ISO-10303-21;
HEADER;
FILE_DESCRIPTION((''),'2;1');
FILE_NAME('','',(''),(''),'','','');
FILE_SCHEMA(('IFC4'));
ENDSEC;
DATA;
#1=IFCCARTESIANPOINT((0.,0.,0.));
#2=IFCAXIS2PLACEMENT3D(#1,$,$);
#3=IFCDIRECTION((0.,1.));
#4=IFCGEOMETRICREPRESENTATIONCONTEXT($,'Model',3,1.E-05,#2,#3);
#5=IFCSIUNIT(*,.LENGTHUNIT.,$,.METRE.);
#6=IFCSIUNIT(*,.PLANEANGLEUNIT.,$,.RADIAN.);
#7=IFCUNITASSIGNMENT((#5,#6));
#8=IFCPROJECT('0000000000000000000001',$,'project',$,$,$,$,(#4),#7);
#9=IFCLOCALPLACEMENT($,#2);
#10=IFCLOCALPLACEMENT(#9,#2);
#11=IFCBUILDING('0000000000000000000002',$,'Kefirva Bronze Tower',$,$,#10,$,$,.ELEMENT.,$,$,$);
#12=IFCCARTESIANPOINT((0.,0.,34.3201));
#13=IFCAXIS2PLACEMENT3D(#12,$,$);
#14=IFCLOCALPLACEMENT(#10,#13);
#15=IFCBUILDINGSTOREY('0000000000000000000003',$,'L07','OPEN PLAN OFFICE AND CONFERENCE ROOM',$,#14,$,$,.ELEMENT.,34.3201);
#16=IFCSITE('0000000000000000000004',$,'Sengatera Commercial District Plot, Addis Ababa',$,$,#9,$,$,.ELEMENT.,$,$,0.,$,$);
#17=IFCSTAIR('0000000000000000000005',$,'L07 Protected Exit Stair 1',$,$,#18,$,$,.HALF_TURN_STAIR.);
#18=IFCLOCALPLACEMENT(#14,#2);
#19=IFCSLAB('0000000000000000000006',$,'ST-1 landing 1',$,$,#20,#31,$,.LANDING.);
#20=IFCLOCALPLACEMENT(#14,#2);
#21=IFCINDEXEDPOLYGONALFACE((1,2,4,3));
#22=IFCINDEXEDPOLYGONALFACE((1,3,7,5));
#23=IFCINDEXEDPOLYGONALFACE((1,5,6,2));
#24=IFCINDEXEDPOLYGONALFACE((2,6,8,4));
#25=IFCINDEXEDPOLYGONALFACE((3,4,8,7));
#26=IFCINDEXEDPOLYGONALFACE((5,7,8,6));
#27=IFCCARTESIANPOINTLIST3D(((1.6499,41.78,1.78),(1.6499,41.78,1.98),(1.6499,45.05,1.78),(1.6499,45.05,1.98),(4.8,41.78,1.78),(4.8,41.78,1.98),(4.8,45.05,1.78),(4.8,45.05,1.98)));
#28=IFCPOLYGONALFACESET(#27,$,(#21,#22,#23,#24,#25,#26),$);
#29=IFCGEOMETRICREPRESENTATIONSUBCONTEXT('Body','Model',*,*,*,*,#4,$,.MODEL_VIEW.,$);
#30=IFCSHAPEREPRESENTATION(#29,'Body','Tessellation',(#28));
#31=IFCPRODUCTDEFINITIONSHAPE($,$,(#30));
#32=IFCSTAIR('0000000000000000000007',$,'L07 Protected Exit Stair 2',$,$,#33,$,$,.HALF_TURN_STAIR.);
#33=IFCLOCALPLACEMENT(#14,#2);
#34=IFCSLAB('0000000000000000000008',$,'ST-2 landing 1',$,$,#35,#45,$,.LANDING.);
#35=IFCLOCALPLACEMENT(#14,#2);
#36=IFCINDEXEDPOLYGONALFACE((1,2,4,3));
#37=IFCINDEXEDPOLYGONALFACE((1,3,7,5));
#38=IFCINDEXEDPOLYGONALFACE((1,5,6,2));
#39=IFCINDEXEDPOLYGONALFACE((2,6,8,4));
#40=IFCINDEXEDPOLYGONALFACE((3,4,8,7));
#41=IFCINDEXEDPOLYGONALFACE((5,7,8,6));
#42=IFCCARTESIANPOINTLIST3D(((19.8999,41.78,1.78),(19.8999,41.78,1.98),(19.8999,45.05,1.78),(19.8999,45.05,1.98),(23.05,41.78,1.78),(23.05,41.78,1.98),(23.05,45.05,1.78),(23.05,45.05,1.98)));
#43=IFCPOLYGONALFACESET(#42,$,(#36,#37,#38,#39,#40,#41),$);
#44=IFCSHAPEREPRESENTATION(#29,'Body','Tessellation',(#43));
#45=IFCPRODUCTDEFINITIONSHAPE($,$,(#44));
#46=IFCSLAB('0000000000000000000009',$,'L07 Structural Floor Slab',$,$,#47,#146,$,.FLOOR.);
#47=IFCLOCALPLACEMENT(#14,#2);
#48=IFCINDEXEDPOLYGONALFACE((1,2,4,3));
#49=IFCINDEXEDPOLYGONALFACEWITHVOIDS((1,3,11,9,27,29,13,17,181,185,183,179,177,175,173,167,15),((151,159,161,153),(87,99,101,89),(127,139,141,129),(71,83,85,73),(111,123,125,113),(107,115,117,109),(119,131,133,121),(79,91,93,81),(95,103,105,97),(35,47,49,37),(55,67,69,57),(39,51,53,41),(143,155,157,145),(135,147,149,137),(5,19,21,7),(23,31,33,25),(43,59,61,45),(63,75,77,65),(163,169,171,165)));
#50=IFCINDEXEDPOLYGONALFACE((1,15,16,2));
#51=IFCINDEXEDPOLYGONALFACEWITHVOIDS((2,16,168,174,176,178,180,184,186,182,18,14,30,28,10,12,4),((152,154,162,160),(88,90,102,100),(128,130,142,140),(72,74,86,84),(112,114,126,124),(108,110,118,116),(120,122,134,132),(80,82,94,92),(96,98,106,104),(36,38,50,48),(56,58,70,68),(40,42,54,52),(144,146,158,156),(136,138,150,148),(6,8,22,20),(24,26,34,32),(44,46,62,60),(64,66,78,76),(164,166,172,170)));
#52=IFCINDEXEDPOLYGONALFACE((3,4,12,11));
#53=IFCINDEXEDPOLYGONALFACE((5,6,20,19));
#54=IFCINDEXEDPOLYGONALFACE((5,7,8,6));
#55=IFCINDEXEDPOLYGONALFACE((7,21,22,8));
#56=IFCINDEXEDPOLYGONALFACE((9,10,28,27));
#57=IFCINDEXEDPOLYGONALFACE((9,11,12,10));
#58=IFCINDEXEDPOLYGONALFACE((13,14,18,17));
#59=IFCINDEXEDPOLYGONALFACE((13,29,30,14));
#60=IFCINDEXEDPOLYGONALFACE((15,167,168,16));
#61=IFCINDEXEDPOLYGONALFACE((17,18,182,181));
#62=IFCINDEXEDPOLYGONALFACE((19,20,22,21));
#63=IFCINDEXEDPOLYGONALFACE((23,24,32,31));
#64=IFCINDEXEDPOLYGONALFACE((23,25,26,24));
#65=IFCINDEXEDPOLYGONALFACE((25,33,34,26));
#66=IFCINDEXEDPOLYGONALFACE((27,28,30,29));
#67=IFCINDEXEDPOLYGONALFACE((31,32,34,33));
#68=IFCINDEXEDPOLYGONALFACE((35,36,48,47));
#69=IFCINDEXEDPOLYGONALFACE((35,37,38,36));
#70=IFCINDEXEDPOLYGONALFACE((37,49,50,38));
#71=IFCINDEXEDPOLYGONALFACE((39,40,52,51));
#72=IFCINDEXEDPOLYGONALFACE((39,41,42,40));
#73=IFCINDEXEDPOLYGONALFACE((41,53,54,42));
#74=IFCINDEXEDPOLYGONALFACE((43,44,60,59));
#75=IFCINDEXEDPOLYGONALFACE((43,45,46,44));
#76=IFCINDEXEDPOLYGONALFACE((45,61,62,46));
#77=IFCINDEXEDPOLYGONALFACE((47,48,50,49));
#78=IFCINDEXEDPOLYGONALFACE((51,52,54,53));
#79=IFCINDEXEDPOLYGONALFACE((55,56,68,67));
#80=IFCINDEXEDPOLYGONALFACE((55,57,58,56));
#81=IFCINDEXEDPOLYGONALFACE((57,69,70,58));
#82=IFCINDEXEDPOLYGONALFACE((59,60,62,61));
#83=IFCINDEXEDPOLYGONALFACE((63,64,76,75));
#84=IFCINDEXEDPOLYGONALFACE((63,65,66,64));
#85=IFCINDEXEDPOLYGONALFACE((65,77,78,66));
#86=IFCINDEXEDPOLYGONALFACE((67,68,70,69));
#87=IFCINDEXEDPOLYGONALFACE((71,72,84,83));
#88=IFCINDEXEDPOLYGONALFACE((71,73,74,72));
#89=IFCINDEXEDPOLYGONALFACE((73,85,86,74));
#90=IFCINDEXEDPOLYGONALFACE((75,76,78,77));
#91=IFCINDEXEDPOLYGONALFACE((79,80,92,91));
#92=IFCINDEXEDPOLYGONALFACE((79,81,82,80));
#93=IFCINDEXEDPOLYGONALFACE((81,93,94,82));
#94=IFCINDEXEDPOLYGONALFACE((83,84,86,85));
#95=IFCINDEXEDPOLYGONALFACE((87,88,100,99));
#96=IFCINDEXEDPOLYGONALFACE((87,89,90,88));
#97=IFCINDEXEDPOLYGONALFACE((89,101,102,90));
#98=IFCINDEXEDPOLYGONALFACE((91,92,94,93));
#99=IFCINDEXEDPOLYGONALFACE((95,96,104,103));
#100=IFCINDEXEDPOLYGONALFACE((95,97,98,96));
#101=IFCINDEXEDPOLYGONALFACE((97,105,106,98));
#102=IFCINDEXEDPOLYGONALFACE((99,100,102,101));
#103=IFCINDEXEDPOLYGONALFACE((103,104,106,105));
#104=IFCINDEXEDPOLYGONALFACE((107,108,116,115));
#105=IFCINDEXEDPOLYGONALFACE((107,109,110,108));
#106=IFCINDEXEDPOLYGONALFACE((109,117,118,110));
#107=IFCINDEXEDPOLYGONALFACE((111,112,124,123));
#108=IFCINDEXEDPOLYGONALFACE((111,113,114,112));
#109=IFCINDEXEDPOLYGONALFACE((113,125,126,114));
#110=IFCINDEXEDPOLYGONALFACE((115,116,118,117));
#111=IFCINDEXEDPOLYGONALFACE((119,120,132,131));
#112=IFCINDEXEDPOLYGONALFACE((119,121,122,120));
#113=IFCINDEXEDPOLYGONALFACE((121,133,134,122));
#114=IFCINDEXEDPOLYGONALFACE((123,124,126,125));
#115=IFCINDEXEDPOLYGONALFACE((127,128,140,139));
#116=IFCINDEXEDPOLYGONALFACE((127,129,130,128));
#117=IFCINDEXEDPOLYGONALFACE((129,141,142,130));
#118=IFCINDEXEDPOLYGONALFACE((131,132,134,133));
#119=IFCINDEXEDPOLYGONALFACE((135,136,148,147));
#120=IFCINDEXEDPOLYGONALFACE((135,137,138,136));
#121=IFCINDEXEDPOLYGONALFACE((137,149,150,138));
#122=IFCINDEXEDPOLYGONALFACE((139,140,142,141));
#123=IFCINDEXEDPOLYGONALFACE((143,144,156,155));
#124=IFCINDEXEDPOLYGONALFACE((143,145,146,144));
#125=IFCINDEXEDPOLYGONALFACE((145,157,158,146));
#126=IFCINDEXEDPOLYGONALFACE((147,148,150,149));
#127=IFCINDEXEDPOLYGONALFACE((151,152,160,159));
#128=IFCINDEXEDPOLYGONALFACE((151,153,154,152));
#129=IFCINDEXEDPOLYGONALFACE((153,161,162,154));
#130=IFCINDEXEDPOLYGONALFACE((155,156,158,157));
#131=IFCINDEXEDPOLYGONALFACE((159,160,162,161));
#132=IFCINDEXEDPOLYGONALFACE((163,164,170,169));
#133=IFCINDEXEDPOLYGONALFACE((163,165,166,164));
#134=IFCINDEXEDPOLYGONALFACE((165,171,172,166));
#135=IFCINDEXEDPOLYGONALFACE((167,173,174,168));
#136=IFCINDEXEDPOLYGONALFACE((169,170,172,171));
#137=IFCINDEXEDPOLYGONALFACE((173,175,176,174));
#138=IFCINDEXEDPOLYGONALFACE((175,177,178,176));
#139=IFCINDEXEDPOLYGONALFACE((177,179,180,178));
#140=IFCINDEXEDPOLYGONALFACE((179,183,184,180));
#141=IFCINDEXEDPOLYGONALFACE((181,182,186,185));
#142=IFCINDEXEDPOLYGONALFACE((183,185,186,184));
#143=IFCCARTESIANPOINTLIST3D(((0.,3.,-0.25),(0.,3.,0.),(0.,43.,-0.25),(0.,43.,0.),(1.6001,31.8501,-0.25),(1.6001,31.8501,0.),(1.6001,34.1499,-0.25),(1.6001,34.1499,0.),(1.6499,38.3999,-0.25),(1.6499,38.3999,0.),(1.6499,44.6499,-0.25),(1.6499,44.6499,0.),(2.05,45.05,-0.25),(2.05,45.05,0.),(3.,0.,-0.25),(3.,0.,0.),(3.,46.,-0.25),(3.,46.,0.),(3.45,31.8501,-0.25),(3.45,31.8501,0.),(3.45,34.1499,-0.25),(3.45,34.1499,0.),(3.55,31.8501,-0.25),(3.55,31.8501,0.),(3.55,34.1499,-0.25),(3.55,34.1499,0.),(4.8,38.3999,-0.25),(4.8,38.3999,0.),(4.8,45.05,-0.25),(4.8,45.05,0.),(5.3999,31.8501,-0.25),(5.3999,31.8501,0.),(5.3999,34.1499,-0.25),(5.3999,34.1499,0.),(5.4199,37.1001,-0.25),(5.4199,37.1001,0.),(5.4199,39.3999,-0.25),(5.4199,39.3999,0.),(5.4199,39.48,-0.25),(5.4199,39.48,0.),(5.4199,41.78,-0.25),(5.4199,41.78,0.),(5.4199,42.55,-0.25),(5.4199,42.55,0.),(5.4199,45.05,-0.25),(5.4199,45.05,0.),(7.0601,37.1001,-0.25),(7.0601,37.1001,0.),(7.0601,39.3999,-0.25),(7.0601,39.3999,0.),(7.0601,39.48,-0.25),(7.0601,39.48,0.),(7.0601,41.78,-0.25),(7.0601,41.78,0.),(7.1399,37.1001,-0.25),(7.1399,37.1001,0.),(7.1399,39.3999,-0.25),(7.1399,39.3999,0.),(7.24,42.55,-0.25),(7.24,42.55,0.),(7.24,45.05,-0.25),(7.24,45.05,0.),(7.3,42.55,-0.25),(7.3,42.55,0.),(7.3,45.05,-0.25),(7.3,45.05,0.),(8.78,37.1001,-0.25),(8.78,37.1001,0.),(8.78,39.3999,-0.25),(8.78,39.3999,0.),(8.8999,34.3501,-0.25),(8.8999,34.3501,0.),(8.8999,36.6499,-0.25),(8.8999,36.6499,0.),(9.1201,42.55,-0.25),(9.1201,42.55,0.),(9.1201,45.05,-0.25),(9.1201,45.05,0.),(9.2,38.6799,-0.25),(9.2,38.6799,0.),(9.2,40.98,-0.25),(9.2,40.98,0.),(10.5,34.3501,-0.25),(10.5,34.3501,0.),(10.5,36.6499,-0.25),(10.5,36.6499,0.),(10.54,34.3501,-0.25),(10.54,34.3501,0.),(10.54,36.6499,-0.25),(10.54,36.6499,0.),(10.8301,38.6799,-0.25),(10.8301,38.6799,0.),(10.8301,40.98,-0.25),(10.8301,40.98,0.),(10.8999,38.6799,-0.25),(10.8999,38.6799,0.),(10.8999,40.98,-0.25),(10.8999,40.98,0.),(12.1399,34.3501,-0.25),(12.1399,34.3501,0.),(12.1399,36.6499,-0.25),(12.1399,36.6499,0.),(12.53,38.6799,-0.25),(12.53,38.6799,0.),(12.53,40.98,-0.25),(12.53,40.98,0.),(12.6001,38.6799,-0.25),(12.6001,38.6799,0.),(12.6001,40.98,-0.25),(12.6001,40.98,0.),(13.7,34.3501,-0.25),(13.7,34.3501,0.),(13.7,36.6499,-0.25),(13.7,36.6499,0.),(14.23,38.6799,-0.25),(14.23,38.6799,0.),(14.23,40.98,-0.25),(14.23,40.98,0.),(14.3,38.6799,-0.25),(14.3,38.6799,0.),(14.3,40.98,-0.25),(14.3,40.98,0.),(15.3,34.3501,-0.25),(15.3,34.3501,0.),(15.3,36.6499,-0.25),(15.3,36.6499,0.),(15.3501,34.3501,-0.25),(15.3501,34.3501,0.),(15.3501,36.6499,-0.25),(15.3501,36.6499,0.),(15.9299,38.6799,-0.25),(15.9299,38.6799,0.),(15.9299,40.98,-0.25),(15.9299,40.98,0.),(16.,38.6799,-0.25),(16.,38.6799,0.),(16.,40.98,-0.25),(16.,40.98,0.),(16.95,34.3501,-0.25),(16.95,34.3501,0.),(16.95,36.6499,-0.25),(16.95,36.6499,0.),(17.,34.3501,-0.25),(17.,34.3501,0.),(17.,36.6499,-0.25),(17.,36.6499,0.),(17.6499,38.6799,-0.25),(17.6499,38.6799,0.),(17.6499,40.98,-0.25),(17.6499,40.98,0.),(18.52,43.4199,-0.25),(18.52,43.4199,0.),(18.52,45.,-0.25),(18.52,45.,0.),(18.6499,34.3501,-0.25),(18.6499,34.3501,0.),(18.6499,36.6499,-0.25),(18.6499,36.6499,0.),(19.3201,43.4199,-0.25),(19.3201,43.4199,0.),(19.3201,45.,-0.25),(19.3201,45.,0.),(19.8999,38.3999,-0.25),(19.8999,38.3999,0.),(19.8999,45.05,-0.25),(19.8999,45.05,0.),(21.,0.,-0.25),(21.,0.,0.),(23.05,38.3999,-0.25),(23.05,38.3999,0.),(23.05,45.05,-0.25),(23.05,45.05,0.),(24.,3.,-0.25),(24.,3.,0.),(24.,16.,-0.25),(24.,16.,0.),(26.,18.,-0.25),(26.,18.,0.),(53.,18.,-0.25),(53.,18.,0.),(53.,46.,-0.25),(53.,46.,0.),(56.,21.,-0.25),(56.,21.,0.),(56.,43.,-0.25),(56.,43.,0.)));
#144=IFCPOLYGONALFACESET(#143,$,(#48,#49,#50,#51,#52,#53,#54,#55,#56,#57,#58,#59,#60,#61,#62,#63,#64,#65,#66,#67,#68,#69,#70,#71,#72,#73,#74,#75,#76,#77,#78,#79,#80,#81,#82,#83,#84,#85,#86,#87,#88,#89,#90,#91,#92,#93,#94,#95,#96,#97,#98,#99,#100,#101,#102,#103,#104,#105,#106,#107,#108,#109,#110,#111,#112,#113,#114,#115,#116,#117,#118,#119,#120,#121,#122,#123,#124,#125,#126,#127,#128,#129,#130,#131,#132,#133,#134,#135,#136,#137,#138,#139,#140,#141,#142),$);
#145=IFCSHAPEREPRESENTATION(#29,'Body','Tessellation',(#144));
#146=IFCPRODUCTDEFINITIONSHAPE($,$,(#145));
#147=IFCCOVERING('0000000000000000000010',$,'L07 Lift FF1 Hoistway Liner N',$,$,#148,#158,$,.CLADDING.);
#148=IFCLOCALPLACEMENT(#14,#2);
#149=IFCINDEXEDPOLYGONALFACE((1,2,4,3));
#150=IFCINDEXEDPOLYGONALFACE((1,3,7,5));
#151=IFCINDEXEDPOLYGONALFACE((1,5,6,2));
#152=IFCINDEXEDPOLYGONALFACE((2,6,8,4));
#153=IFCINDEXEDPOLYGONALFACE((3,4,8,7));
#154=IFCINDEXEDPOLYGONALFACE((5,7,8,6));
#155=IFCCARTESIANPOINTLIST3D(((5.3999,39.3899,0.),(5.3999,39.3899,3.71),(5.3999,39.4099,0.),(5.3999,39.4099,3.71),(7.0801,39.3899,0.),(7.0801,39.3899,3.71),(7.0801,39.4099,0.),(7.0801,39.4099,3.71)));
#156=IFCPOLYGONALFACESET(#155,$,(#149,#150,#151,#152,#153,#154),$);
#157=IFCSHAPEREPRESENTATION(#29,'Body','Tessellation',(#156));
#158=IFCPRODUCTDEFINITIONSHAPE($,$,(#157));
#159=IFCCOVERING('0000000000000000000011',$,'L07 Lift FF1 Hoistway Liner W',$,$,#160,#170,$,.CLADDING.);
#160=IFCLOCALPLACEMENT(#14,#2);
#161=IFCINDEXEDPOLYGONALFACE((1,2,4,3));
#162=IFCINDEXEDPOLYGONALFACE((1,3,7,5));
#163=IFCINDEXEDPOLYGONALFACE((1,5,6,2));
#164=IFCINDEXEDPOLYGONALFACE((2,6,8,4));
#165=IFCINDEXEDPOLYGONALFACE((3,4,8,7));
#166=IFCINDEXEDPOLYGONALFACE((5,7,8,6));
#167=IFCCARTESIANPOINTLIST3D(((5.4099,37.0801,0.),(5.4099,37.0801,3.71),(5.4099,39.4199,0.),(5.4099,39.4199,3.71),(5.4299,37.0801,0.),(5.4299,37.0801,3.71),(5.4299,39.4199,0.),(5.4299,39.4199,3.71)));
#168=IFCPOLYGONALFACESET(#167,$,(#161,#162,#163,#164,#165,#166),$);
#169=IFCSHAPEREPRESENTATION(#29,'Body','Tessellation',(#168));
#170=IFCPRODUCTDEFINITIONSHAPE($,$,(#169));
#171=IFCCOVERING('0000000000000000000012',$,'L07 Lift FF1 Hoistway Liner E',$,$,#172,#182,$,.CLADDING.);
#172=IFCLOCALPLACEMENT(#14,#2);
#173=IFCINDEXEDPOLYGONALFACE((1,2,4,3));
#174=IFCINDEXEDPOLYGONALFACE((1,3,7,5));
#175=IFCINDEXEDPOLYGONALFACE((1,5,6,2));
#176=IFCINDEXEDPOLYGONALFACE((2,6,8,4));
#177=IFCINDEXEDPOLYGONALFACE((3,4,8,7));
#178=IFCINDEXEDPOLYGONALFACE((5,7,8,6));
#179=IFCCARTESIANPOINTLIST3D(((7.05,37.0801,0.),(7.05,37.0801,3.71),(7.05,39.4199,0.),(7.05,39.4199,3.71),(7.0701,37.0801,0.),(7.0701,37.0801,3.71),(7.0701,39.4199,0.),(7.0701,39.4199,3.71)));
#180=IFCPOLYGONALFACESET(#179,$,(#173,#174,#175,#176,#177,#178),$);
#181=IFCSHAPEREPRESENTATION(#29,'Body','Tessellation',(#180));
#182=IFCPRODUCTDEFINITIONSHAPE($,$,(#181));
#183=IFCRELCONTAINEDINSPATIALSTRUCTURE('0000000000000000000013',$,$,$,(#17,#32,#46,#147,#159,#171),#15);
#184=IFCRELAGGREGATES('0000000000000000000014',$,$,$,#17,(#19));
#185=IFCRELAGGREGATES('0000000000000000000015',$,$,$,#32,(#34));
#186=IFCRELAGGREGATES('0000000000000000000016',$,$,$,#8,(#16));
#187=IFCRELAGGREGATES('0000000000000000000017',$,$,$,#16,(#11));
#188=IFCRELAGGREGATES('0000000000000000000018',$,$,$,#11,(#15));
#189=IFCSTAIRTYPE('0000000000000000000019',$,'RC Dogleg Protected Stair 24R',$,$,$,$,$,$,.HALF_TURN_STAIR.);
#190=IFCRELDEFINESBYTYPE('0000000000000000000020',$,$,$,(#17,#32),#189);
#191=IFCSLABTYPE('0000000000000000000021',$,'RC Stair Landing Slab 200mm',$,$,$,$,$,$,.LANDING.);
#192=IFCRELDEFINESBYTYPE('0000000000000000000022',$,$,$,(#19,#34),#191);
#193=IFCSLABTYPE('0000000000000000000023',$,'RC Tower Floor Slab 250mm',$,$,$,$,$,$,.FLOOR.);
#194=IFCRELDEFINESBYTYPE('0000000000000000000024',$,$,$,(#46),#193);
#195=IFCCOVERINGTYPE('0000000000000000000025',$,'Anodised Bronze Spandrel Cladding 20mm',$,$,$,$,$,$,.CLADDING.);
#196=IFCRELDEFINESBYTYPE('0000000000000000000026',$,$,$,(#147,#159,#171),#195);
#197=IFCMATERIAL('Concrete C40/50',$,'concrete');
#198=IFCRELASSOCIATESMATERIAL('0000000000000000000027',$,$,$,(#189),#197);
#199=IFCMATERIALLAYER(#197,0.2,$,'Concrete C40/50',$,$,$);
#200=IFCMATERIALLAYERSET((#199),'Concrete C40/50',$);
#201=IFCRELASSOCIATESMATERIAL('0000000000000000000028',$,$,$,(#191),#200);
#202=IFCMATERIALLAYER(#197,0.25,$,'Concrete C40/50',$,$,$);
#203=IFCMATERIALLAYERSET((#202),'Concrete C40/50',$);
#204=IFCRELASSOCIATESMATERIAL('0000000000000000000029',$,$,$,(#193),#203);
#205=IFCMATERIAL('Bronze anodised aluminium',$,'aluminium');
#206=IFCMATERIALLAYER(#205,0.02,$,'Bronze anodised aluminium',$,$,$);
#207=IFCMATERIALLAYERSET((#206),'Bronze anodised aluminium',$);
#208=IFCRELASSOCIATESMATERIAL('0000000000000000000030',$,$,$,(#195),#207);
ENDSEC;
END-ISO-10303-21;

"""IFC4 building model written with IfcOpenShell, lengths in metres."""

from ifc_helpers import new_model, si_unit, direction, frame, origin, place, context, subcontext, project, spatial, polyline, outline, extrude, material, layer, layer_set, type_object, element, aggregate, save


model = new_model("IFC4")

# Units and contexts
model_context = context("Model", 3, precision=1e-05, world=origin(), true_north=direction((0.0, 1.0)))
body_context = subcontext(model_context, "Body", "Model", "MODEL_VIEW")
ifc_project = project(units=[si_unit("LENGTHUNIT", "METRE"), si_unit("PLANEANGLEUNIT", "RADIAN")], contexts=[model_context])

# Site, building, storey
site_placement = place(None, origin())
site = spatial("IfcSite", under=ifc_project, at=site_placement, Name="Sengatera Commercial District Plot, Addis Ababa", CompositionType="ELEMENT", RefElevation=0.0)
building_placement = place(site_placement, origin())
building = spatial("IfcBuilding", under=site, at=building_placement, Name="Kefirva Bronze Tower", CompositionType="ELEMENT")
storey_placement = place(building_placement, frame((0.0, 0.0, 34.3201)))
storey = spatial("IfcBuildingStorey", under=building, at=storey_placement, Name="L07", Description="OPEN PLAN OFFICE AND CONFERENCE ROOM", CompositionType="ELEMENT", Elevation=34.3201)

# Stairs, slabs
ifc_material_1 = material(Name="Concrete C40/50", Category="concrete")
stair_type = type_object("IfcStairType", Name="RC Dogleg Protected Stair 24R", PredefinedType="HALF_TURN_STAIR", material=ifc_material_1)
stair_1_placement = place(storey_placement, origin())
stair_1 = element("IfcStair", 1, at=stair_1_placement, inside=storey, type_object=stair_type, Name="L07 Protected Exit Stair 1", PredefinedType="HALF_TURN_STAIR")
ifc_layer_1 = layer(ifc_material_1, 0.2, Name="Concrete C40/50")
ifc_layer_set_1 = layer_set([ifc_layer_1], Name="Concrete C40/50")
slab_type_1 = type_object("IfcSlabType", Name="RC Stair Landing Slab 200mm", PredefinedType="LANDING", material=ifc_layer_set_1)
slab_1_placement = place(storey_placement, frame((0.0, 0.0, 1.78)))
slab_1 = element("IfcSlab", 2, at=slab_1_placement, type_object=slab_type_1, Name="ST-1 landing 1", PredefinedType="LANDING", context=body_context, shape_type="SweptSolid", body=[
    extrude(outline(polyline([(4.8, 41.78), (4.8, 45.05), (1.6499, 45.05), (1.6499, 41.78), (4.8, 41.78)])), origin(), (0.0, 0.0, 1.0), 0.2),
])
aggregate(stair_1, [slab_1])
stair_2_placement = place(storey_placement, origin())
stair_2 = element("IfcStair", 3, at=stair_2_placement, inside=storey, type_object=stair_type, Name="L07 Protected Exit Stair 2", PredefinedType="HALF_TURN_STAIR")
slab_2_placement = place(storey_placement, frame((0.0, 0.0, 1.78)))
slab_2 = element("IfcSlab", 4, at=slab_2_placement, type_object=slab_type_1, Name="ST-2 landing 1", PredefinedType="LANDING", context=body_context, shape_type="SweptSolid", body=[
    extrude(outline(polyline([(23.05, 41.78), (23.05, 45.05), (19.8999, 45.05), (19.8999, 41.78), (23.05, 41.78)])), origin(), (0.0, 0.0, 1.0), 0.2),
])
aggregate(stair_2, [slab_2])

# Slab
ifc_layer_2 = layer(ifc_material_1, 0.25, Name="Concrete C40/50")
ifc_layer_set_2 = layer_set([ifc_layer_2], Name="Concrete C40/50")
slab_type_2 = type_object("IfcSlabType", Name="RC Tower Floor Slab 250mm", PredefinedType="FLOOR", material=ifc_layer_set_2)
slab_3_placement = place(storey_placement, frame((0.0, 0.0, -0.25)))
element("IfcSlab", 5, at=slab_3_placement, inside=storey, type_object=slab_type_2, Name="L07 Structural Floor Slab", PredefinedType="FLOOR", context=body_context, shape_type="SweptSolid", body=[
    extrude(outline(polyline([(0.0, 3.0), (0.0, 43.0), (1.6499, 44.6499), (1.6499, 38.3999), (4.8, 38.3999), (4.8, 45.05), (2.05, 45.05), (3.0, 46.0), (53.0, 46.0), (56.0, 43.0), (56.0, 21.0), (53.0, 18.0), (26.0, 18.0), (24.0, 16.0), (24.0, 3.0), (21.0, 0.0), (3.0, 0.0), (0.0, 3.0)]), holes=[polyline([(19.8999, 38.3999), (23.05, 38.3999), (23.05, 45.05), (19.8999, 45.05), (19.8999, 38.3999)]), polyline([(18.52, 43.4199), (19.3201, 43.4199), (19.3201, 45.0), (18.52, 45.0), (18.52, 43.4199)]), polyline([(17.0, 34.3501), (18.6499, 34.3501), (18.6499, 36.6499), (17.0, 36.6499), (17.0, 34.3501)]), polyline([(17.6499, 38.6799), (17.6499, 40.98), (16.0, 40.98), (16.0, 38.6799), (17.6499, 38.6799)]), polyline([(16.95, 34.3501), (16.95, 36.6499), (15.3501, 36.6499), (15.3501, 34.3501), (16.95, 34.3501)]), polyline([(15.9299, 38.6799), (15.9299, 40.98), (14.3, 40.98), (14.3, 38.6799), (15.9299, 38.6799)]), polyline([(15.3, 34.3501), (15.3, 36.6499), (13.7, 36.6499), (13.7, 34.3501), (15.3, 34.3501)]), polyline([(14.23, 38.6799), (14.23, 40.98), (12.6001, 40.98), (12.6001, 38.6799), (14.23, 38.6799)]), polyline([(10.8999, 38.6799), (12.53, 38.6799), (12.53, 40.98), (10.8999, 40.98), (10.8999, 38.6799)]), polyline([(12.1399, 34.3501), (12.1399, 36.6499), (10.54, 36.6499), (10.54, 34.3501), (12.1399, 34.3501)]), polyline([(10.8301, 38.6799), (10.8301, 40.98), (9.2, 40.98), (9.2, 38.6799), (10.8301, 38.6799)]), polyline([(10.5, 34.3501), (10.5, 36.6499), (8.8999, 36.6499), (8.8999, 34.3501), (10.5, 34.3501)]), polyline([(7.3, 42.55), (9.1201, 42.55), (9.1201, 45.05), (7.3, 45.05), (7.3, 42.55)]), polyline([(7.1399, 37.1001), (8.78, 37.1001), (8.78, 39.3999), (7.1399, 39.3999), (7.1399, 37.1001)]), polyline([(5.4199, 42.55), (7.24, 42.55), (7.24, 45.05), (5.4199, 45.05), (5.4199, 42.55)]), polyline([(7.0601, 39.48), (7.0601, 41.78), (5.4199, 41.78), (5.4199, 39.48), (7.0601, 39.48)]), polyline([(5.4199, 37.1001), (7.0601, 37.1001), (7.0601, 39.3999), (5.4199, 39.3999), (5.4199, 37.1001)]), polyline([(5.3999, 31.8501), (5.3999, 34.1499), (3.55, 34.1499), (3.55, 31.8501), (5.3999, 31.8501)]), polyline([(3.45, 31.8501), (3.45, 34.1499), (1.6001, 34.1499), (1.6001, 31.8501), (3.45, 31.8501)])]), origin(), (0.0, 0.0, 1.0), 0.25),
])

# Coverings
ifc_material_2 = material(Name="Bronze anodised aluminium", Category="aluminium")
ifc_layer_3 = layer(ifc_material_2, 0.02, Name="Bronze anodised aluminium")
ifc_layer_set_3 = layer_set([ifc_layer_3], Name="Bronze anodised aluminium")
covering_type = type_object("IfcCoveringType", Name="Anodised Bronze Spandrel Cladding 20mm", PredefinedType="CLADDING", material=ifc_layer_set_3)
covering_1_placement = place(storey_placement, origin())
element("IfcCovering", 6, at=covering_1_placement, inside=storey, type_object=covering_type, Name="L07 Lift FF1 Hoistway Liner N", PredefinedType="CLADDING", context=body_context, shape_type="SweptSolid", body=[
    extrude(outline(polyline([(5.3999, 39.3899), (7.0801, 39.3899), (7.0801, 39.4099), (5.3999, 39.4099), (5.3999, 39.3899)])), origin(), (0.0, 0.0, 1.0), 3.71),
])
covering_2_placement = place(storey_placement, origin())
element("IfcCovering", 7, at=covering_2_placement, inside=storey, type_object=covering_type, Name="L07 Lift FF1 Hoistway Liner W", PredefinedType="CLADDING", context=body_context, shape_type="SweptSolid", body=[
    extrude(outline(polyline([(5.4099, 37.0801), (5.4299, 37.0801), (5.4299, 39.4199), (5.4099, 39.4199), (5.4099, 37.0801)])), origin(), (0.0, 0.0, 1.0), 3.71),
])
covering_3_placement = place(storey_placement, origin())
element("IfcCovering", 8, at=covering_3_placement, inside=storey, type_object=covering_type, Name="L07 Lift FF1 Hoistway Liner E", PredefinedType="CLADDING", context=body_context, shape_type="SweptSolid", body=[
    extrude(outline(polyline([(7.05, 37.0801), (7.0701, 37.0801), (7.0701, 39.4199), (7.05, 39.4199), (7.05, 37.0801)])), origin(), (0.0, 0.0, 1.0), 3.71),
])

save(model, "model.ifc")
